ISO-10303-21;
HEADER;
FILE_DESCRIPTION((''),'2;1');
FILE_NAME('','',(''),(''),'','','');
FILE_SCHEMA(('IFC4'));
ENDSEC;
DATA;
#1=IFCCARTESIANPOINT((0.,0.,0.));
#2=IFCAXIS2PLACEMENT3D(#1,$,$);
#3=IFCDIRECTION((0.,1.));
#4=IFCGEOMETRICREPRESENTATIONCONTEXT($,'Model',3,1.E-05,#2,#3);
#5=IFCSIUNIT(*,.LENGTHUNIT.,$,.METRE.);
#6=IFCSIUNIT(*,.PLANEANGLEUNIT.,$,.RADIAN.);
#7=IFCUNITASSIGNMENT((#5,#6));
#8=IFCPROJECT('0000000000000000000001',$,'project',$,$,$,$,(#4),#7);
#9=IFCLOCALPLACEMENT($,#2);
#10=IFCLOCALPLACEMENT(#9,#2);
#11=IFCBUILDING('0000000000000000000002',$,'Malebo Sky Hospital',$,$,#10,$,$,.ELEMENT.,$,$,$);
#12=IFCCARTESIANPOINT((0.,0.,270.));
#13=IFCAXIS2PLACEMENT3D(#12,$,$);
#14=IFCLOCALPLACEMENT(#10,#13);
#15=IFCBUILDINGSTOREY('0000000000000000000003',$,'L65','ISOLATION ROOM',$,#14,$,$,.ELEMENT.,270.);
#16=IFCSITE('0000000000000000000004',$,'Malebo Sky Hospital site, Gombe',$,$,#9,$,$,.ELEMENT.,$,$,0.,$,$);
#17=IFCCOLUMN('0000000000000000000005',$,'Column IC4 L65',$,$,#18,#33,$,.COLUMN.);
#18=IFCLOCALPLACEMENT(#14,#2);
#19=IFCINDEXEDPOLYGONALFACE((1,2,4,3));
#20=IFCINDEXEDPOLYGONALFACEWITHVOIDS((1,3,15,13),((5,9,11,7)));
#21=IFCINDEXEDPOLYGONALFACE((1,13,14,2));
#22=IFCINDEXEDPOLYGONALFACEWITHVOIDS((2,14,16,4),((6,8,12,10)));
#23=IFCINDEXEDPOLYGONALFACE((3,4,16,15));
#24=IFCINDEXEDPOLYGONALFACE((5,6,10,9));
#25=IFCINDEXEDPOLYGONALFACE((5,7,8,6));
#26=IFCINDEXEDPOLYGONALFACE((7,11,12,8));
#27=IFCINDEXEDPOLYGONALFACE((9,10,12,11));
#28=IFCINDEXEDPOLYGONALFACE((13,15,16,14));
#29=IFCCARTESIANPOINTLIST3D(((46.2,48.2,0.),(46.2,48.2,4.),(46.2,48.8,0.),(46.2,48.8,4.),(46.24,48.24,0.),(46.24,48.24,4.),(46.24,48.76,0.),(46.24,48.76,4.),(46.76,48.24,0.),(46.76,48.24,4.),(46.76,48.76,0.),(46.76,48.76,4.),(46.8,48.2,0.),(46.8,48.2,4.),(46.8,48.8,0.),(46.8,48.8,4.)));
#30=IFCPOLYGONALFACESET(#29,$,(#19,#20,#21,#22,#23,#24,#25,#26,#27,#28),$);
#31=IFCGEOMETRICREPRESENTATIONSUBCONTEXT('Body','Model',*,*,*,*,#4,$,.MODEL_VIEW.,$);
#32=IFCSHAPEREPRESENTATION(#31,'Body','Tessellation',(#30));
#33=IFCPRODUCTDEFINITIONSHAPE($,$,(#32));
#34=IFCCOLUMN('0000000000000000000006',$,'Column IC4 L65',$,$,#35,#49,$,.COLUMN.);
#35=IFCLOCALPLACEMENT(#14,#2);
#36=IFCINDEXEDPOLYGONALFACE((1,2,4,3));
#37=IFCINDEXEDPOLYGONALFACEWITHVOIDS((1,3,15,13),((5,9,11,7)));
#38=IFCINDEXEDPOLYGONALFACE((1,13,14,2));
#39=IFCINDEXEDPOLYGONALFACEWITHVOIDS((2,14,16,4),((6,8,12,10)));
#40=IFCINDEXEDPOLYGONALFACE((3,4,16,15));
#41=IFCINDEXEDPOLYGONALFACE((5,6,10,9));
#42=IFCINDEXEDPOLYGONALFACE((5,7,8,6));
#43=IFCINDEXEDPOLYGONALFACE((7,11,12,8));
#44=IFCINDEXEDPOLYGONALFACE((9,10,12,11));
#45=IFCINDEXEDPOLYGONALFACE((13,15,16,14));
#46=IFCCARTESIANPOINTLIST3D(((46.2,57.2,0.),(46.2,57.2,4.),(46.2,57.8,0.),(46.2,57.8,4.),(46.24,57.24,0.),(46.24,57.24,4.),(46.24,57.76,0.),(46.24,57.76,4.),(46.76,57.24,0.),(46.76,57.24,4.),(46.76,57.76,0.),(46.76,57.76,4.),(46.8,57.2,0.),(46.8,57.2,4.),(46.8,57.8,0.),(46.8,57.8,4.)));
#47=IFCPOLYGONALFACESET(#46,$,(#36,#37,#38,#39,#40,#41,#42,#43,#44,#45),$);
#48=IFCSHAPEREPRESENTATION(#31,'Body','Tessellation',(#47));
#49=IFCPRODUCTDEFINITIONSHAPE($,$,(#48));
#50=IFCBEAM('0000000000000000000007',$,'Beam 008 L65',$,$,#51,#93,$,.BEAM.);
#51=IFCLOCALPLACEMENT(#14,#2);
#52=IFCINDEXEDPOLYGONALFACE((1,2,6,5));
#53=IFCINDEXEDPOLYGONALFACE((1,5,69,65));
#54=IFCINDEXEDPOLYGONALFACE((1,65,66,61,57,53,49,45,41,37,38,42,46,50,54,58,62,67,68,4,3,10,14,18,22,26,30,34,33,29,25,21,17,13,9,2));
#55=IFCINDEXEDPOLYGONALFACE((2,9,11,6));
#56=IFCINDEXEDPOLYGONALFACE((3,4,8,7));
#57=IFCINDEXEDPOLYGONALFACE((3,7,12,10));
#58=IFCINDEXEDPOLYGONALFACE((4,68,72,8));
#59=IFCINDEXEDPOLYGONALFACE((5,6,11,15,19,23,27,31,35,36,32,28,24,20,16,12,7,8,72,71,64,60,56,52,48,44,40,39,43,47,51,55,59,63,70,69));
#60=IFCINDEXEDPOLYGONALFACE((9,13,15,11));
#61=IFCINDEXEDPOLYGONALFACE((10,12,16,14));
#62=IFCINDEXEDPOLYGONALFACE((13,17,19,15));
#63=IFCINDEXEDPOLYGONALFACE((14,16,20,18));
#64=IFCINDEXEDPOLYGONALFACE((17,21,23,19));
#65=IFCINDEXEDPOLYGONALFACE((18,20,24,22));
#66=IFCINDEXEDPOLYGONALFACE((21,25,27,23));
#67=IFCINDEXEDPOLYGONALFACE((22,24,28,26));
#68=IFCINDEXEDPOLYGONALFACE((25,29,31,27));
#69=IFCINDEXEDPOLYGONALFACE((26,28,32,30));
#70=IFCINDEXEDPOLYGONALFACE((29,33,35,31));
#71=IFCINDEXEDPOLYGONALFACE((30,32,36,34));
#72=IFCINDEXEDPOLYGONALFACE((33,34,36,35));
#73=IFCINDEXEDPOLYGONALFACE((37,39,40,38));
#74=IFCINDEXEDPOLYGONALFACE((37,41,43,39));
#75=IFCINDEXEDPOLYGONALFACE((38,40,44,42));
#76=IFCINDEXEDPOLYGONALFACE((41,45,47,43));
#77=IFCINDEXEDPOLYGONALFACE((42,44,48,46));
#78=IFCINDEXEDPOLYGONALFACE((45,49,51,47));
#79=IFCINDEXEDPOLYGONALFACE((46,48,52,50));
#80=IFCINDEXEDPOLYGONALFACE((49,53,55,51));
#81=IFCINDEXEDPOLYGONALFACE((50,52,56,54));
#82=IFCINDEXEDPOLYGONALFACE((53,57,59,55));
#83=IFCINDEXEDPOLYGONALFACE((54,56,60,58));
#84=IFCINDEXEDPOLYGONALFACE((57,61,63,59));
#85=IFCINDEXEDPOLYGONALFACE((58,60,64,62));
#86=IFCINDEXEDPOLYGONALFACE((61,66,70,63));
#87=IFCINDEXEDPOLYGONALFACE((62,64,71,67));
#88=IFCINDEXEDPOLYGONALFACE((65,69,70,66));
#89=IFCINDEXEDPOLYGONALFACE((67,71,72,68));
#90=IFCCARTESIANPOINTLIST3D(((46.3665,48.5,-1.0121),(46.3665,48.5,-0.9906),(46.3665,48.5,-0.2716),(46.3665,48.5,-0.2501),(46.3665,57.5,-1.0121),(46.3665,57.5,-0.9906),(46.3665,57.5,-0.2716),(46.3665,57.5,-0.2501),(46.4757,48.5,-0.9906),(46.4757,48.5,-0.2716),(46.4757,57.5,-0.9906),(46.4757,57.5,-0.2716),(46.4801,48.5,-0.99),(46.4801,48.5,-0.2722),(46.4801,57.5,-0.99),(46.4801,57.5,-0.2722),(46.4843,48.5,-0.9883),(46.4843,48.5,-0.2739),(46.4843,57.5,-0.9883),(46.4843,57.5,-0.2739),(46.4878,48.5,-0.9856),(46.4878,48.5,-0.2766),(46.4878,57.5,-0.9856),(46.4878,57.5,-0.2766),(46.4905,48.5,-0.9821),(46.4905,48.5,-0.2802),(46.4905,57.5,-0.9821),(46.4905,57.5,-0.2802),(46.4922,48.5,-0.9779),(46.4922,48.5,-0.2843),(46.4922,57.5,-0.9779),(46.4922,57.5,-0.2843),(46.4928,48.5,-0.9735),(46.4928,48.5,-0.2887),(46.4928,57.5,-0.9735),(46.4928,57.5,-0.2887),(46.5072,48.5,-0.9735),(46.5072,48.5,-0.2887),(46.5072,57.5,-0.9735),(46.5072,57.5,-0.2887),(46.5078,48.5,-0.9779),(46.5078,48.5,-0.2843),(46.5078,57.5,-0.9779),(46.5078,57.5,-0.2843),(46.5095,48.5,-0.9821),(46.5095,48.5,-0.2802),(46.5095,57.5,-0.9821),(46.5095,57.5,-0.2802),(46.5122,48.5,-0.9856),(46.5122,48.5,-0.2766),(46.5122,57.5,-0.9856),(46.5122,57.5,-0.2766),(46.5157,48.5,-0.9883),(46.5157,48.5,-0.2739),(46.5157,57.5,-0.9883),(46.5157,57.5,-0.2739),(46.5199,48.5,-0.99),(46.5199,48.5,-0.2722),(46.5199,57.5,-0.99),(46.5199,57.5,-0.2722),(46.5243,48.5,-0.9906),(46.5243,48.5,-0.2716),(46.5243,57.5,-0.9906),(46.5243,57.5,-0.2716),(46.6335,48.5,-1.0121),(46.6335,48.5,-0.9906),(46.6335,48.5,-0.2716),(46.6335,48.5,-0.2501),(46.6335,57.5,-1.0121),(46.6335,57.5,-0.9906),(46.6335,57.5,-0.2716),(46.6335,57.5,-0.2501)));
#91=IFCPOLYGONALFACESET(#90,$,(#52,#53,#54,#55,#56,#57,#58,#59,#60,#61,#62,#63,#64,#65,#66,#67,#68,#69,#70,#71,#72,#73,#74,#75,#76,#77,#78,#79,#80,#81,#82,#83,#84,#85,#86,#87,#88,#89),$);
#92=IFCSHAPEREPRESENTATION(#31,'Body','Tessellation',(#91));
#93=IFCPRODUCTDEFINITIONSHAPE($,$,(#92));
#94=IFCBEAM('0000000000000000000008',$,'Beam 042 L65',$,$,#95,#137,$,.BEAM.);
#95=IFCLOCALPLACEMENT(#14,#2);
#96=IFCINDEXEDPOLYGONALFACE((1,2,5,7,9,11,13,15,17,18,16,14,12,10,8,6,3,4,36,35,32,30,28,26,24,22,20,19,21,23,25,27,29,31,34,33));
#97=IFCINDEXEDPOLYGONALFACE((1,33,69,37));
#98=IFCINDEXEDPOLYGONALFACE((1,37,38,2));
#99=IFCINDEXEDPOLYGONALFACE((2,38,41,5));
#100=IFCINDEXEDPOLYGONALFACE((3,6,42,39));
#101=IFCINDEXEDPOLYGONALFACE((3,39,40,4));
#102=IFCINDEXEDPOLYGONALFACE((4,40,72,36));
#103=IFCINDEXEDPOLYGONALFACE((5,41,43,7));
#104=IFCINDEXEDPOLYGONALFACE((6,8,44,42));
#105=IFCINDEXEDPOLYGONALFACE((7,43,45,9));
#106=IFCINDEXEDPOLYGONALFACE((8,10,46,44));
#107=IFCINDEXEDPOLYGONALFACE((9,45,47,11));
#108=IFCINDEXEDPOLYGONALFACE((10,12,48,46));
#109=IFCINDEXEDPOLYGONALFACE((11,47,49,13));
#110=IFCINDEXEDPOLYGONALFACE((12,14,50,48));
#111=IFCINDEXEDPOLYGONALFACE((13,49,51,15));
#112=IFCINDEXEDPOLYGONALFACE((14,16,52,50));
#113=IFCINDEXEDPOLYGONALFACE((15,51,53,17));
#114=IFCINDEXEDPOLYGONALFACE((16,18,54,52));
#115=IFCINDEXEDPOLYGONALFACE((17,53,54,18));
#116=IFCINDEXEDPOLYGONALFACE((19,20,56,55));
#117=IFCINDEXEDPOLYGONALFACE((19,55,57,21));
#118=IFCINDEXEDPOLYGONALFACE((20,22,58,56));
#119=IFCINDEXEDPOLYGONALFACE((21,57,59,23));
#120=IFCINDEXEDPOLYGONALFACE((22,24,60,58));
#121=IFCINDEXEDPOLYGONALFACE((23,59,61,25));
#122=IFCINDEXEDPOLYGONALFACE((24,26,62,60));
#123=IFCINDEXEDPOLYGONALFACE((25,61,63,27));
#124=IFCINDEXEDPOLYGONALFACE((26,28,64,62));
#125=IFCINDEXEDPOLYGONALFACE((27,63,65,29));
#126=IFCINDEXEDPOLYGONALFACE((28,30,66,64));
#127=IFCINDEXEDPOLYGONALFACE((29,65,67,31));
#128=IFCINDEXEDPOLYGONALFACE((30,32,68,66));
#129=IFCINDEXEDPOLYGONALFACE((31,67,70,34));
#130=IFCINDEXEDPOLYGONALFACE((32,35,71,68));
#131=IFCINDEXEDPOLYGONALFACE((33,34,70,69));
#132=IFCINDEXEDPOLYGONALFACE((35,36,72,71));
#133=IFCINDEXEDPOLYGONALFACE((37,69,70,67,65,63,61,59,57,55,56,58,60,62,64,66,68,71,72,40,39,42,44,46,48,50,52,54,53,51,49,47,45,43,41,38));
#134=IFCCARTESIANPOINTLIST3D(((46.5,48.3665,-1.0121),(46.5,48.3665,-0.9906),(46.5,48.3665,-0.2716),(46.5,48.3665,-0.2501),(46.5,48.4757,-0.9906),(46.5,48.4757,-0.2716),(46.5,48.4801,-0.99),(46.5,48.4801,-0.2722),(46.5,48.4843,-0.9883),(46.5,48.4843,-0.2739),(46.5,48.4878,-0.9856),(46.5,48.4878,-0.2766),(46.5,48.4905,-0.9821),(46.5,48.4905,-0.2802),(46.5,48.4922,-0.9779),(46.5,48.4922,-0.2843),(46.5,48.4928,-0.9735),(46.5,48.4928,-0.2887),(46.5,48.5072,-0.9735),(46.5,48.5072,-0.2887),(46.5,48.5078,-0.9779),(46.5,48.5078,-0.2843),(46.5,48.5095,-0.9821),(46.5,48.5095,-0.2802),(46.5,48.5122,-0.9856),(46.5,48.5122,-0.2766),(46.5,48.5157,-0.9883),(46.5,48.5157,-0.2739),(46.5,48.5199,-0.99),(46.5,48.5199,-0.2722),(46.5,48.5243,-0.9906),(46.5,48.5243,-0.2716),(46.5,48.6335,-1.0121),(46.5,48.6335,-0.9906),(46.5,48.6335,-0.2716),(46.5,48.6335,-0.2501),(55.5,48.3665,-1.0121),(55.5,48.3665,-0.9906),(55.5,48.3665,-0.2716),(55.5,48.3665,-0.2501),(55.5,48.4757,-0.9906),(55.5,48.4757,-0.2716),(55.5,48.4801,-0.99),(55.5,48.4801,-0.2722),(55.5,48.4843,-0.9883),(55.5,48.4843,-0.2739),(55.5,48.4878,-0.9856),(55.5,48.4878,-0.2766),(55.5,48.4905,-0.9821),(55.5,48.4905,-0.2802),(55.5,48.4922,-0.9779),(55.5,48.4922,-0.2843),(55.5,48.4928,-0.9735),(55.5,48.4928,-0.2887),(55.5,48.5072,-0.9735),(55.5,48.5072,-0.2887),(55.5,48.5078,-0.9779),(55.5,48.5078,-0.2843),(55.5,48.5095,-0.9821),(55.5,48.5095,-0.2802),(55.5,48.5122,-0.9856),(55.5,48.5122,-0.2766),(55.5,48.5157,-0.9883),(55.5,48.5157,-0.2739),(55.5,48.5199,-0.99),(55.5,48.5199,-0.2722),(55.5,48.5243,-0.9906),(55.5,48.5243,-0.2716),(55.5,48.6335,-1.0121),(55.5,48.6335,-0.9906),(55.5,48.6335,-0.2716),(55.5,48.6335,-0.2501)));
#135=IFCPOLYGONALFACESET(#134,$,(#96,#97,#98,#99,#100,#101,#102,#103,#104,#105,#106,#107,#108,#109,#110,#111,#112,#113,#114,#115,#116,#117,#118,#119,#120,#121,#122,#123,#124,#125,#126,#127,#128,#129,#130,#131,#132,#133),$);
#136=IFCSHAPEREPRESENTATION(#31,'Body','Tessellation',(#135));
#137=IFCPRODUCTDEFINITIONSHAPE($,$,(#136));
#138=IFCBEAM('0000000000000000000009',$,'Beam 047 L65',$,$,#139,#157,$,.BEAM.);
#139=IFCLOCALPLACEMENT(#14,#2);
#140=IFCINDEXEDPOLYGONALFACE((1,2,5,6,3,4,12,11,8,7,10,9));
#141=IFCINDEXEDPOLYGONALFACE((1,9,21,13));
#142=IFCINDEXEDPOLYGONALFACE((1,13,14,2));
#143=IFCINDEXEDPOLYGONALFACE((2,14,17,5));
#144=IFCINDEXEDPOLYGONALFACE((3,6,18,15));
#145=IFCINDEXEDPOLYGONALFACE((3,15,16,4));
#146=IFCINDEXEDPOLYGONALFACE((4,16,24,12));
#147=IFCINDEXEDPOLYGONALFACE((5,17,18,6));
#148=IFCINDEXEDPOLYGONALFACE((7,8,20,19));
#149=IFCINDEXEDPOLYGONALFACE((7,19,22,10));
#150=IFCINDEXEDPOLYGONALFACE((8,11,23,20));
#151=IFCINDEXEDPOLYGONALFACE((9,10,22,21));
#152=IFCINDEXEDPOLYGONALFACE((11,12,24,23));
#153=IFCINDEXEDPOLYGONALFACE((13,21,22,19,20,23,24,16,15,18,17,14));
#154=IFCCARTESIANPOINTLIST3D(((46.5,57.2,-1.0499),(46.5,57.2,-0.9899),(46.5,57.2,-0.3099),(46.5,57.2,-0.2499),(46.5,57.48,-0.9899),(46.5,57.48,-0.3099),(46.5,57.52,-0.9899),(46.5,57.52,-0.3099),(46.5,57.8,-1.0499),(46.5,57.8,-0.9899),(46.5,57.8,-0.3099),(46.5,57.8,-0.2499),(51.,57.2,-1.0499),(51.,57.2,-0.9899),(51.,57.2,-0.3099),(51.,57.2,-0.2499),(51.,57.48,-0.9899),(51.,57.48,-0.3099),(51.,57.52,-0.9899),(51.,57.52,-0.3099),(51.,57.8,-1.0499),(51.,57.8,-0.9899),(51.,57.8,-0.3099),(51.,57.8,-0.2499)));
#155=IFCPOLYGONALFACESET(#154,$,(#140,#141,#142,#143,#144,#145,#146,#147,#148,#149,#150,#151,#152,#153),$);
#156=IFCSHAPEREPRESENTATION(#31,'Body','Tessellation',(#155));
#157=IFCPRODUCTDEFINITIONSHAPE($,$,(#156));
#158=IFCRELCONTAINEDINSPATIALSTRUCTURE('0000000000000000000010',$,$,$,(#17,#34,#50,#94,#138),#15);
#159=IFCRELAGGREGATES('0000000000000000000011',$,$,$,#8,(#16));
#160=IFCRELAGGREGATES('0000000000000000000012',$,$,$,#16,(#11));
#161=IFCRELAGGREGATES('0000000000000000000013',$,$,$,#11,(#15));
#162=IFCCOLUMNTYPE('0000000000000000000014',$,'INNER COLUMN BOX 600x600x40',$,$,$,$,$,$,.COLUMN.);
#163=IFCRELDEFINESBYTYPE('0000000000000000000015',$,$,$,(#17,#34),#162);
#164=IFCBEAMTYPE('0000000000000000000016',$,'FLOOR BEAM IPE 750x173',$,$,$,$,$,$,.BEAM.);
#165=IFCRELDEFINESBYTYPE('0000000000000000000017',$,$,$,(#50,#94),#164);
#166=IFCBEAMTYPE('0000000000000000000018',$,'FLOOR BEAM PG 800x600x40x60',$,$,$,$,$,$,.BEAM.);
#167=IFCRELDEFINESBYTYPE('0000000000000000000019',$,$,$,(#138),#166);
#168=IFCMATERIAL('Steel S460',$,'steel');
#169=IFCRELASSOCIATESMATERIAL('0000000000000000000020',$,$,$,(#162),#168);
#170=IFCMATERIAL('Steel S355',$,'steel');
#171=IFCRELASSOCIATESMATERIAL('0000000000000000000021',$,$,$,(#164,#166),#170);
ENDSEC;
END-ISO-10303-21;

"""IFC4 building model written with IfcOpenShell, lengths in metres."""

from ifc_helpers import new_model, si_unit, direction, frame, origin, origin_2d, place, context, subcontext, project, spatial, hollow_rectangle, i_section, extrude, material, material_profile, profile_set, type_object, element, save


model = new_model("IFC4")

# Units and contexts
model_context = context("Model", 3, precision=1e-05, world=origin(), true_north=direction((0.0, 1.0)))
body_context = subcontext(model_context, "Body", "Model", "MODEL_VIEW")
ifc_project = project(units=[si_unit("LENGTHUNIT", "METRE"), si_unit("PLANEANGLEUNIT", "RADIAN")], contexts=[model_context])

# Site, building, storey
site_placement = place(None, origin())
site = spatial("IfcSite", under=ifc_project, at=site_placement, Name="Malebo Sky Hospital site, Gombe", CompositionType="ELEMENT", RefElevation=0.0)
building_placement = place(site_placement, origin())
building = spatial("IfcBuilding", under=site, at=building_placement, Name="Malebo Sky Hospital", CompositionType="ELEMENT")
storey_placement = place(building_placement, frame((0.0, 0.0, 270.0)))
storey = spatial("IfcBuildingStorey", under=building, at=storey_placement, Name="L65", Description="ISOLATION ROOM", CompositionType="ELEMENT", Elevation=270.0)

# Columns
ifc_material_1 = material(Name="Steel S460", Category="steel")
ifc_material_profile_1 = material_profile(ifc_material_1, hollow_rectangle(XDim=0.6001, YDim=0.6001, WallThickness=0.04, at=origin_2d()), Name="BOX 600x600x40")
ifc_profile_set_1 = profile_set([ifc_material_profile_1], Name="Steel S460")
column_type = type_object("IfcColumnType", Name="INNER COLUMN BOX 600x600x40", PredefinedType="COLUMN", material=ifc_profile_set_1)
for number, where, z_axis, x_axis, name in (
    (1, (46.5, 48.5, 0.0), (0.0, 0.0, 1.0), (1.0, 0.0, 0.0), "Column IC4 L65"),
    (2, (46.5, 57.5, 0.0), (0.0, 0.0, 1.0), (1.0, 0.0, 0.0), "Column IC4 L65"),
):
    element("IfcColumn", number, at=place(storey_placement, frame(where, z_axis=z_axis, x_axis=x_axis)), inside=storey, type_object=column_type, Name=name, PredefinedType="COLUMN", context=body_context, shape_type="SweptSolid", body=[
        extrude(hollow_rectangle(XDim=0.6001, YDim=0.6001, WallThickness=0.04, at=origin_2d()), origin(), (0.0, 0.0, 1.0), 4.0),
    ])

# Beams
ifc_material_2 = material(Name="Steel S355", Category="steel")
ifc_material_profile_2 = material_profile(ifc_material_2, i_section(OverallWidth=0.2671, OverallDepth=0.762, WebThickness=0.0144, FlangeThickness=0.0215, FilletRadius=0.0171, at=origin_2d()), Name="IPE 750x173")
ifc_profile_set_2 = profile_set([ifc_material_profile_2], Name="Steel S355")
beam_type_1 = type_object("IfcBeamType", Name="FLOOR BEAM IPE 750x173", PredefinedType="BEAM", material=ifc_profile_set_2)
for number, where, z_axis, x_axis, name in (
    (3, (46.5, 48.5, -0.6311), (0.0, 1.0, 0.0), (-1.0, 0.0, 0.0), "Beam 008 L65"),
    (4, (46.5, 48.5, -0.6311), (1.0, 0.0, 0.0), (0.0, 1.0, 0.0), "Beam 042 L65"),
):
    element("IfcBeam", number, at=place(storey_placement, frame(where, z_axis=z_axis, x_axis=x_axis)), inside=storey, type_object=beam_type_1, Name=name, PredefinedType="BEAM", context=body_context, shape_type="SweptSolid", body=[
        extrude(i_section(OverallWidth=0.2671, OverallDepth=0.762, WebThickness=0.0144, FlangeThickness=0.0215, FilletRadius=0.0171, at=origin_2d()), origin(), (0.0, 0.0, 1.0), 9.0),
    ])
ifc_material_profile_3 = material_profile(ifc_material_2, i_section(OverallWidth=0.6001, OverallDepth=0.8, WebThickness=0.04, FlangeThickness=0.0601, at=origin_2d()), Name="PG 800x600x40x60")
ifc_profile_set_3 = profile_set([ifc_material_profile_3], Name="Steel S355")
beam_type_2 = type_object("IfcBeamType", Name="FLOOR BEAM PG 800x600x40x60", PredefinedType="BEAM", material=ifc_profile_set_3)
beam_1_placement = place(storey_placement, frame((46.5, 57.5, -0.6499), z_axis=(1.0, 0.0, 0.0), x_axis=(0.0, 1.0, 0.0)))
element("IfcBeam", 5, at=beam_1_placement, inside=storey, type_object=beam_type_2, Name="Beam 047 L65", PredefinedType="BEAM", context=body_context, shape_type="SweptSolid", body=[
    extrude(i_section(OverallWidth=0.6001, OverallDepth=0.8, WebThickness=0.04, FlangeThickness=0.0601, at=origin_2d()), origin(), (0.0, 0.0, 1.0), 4.5),
])

save(model, "model.ifc")
